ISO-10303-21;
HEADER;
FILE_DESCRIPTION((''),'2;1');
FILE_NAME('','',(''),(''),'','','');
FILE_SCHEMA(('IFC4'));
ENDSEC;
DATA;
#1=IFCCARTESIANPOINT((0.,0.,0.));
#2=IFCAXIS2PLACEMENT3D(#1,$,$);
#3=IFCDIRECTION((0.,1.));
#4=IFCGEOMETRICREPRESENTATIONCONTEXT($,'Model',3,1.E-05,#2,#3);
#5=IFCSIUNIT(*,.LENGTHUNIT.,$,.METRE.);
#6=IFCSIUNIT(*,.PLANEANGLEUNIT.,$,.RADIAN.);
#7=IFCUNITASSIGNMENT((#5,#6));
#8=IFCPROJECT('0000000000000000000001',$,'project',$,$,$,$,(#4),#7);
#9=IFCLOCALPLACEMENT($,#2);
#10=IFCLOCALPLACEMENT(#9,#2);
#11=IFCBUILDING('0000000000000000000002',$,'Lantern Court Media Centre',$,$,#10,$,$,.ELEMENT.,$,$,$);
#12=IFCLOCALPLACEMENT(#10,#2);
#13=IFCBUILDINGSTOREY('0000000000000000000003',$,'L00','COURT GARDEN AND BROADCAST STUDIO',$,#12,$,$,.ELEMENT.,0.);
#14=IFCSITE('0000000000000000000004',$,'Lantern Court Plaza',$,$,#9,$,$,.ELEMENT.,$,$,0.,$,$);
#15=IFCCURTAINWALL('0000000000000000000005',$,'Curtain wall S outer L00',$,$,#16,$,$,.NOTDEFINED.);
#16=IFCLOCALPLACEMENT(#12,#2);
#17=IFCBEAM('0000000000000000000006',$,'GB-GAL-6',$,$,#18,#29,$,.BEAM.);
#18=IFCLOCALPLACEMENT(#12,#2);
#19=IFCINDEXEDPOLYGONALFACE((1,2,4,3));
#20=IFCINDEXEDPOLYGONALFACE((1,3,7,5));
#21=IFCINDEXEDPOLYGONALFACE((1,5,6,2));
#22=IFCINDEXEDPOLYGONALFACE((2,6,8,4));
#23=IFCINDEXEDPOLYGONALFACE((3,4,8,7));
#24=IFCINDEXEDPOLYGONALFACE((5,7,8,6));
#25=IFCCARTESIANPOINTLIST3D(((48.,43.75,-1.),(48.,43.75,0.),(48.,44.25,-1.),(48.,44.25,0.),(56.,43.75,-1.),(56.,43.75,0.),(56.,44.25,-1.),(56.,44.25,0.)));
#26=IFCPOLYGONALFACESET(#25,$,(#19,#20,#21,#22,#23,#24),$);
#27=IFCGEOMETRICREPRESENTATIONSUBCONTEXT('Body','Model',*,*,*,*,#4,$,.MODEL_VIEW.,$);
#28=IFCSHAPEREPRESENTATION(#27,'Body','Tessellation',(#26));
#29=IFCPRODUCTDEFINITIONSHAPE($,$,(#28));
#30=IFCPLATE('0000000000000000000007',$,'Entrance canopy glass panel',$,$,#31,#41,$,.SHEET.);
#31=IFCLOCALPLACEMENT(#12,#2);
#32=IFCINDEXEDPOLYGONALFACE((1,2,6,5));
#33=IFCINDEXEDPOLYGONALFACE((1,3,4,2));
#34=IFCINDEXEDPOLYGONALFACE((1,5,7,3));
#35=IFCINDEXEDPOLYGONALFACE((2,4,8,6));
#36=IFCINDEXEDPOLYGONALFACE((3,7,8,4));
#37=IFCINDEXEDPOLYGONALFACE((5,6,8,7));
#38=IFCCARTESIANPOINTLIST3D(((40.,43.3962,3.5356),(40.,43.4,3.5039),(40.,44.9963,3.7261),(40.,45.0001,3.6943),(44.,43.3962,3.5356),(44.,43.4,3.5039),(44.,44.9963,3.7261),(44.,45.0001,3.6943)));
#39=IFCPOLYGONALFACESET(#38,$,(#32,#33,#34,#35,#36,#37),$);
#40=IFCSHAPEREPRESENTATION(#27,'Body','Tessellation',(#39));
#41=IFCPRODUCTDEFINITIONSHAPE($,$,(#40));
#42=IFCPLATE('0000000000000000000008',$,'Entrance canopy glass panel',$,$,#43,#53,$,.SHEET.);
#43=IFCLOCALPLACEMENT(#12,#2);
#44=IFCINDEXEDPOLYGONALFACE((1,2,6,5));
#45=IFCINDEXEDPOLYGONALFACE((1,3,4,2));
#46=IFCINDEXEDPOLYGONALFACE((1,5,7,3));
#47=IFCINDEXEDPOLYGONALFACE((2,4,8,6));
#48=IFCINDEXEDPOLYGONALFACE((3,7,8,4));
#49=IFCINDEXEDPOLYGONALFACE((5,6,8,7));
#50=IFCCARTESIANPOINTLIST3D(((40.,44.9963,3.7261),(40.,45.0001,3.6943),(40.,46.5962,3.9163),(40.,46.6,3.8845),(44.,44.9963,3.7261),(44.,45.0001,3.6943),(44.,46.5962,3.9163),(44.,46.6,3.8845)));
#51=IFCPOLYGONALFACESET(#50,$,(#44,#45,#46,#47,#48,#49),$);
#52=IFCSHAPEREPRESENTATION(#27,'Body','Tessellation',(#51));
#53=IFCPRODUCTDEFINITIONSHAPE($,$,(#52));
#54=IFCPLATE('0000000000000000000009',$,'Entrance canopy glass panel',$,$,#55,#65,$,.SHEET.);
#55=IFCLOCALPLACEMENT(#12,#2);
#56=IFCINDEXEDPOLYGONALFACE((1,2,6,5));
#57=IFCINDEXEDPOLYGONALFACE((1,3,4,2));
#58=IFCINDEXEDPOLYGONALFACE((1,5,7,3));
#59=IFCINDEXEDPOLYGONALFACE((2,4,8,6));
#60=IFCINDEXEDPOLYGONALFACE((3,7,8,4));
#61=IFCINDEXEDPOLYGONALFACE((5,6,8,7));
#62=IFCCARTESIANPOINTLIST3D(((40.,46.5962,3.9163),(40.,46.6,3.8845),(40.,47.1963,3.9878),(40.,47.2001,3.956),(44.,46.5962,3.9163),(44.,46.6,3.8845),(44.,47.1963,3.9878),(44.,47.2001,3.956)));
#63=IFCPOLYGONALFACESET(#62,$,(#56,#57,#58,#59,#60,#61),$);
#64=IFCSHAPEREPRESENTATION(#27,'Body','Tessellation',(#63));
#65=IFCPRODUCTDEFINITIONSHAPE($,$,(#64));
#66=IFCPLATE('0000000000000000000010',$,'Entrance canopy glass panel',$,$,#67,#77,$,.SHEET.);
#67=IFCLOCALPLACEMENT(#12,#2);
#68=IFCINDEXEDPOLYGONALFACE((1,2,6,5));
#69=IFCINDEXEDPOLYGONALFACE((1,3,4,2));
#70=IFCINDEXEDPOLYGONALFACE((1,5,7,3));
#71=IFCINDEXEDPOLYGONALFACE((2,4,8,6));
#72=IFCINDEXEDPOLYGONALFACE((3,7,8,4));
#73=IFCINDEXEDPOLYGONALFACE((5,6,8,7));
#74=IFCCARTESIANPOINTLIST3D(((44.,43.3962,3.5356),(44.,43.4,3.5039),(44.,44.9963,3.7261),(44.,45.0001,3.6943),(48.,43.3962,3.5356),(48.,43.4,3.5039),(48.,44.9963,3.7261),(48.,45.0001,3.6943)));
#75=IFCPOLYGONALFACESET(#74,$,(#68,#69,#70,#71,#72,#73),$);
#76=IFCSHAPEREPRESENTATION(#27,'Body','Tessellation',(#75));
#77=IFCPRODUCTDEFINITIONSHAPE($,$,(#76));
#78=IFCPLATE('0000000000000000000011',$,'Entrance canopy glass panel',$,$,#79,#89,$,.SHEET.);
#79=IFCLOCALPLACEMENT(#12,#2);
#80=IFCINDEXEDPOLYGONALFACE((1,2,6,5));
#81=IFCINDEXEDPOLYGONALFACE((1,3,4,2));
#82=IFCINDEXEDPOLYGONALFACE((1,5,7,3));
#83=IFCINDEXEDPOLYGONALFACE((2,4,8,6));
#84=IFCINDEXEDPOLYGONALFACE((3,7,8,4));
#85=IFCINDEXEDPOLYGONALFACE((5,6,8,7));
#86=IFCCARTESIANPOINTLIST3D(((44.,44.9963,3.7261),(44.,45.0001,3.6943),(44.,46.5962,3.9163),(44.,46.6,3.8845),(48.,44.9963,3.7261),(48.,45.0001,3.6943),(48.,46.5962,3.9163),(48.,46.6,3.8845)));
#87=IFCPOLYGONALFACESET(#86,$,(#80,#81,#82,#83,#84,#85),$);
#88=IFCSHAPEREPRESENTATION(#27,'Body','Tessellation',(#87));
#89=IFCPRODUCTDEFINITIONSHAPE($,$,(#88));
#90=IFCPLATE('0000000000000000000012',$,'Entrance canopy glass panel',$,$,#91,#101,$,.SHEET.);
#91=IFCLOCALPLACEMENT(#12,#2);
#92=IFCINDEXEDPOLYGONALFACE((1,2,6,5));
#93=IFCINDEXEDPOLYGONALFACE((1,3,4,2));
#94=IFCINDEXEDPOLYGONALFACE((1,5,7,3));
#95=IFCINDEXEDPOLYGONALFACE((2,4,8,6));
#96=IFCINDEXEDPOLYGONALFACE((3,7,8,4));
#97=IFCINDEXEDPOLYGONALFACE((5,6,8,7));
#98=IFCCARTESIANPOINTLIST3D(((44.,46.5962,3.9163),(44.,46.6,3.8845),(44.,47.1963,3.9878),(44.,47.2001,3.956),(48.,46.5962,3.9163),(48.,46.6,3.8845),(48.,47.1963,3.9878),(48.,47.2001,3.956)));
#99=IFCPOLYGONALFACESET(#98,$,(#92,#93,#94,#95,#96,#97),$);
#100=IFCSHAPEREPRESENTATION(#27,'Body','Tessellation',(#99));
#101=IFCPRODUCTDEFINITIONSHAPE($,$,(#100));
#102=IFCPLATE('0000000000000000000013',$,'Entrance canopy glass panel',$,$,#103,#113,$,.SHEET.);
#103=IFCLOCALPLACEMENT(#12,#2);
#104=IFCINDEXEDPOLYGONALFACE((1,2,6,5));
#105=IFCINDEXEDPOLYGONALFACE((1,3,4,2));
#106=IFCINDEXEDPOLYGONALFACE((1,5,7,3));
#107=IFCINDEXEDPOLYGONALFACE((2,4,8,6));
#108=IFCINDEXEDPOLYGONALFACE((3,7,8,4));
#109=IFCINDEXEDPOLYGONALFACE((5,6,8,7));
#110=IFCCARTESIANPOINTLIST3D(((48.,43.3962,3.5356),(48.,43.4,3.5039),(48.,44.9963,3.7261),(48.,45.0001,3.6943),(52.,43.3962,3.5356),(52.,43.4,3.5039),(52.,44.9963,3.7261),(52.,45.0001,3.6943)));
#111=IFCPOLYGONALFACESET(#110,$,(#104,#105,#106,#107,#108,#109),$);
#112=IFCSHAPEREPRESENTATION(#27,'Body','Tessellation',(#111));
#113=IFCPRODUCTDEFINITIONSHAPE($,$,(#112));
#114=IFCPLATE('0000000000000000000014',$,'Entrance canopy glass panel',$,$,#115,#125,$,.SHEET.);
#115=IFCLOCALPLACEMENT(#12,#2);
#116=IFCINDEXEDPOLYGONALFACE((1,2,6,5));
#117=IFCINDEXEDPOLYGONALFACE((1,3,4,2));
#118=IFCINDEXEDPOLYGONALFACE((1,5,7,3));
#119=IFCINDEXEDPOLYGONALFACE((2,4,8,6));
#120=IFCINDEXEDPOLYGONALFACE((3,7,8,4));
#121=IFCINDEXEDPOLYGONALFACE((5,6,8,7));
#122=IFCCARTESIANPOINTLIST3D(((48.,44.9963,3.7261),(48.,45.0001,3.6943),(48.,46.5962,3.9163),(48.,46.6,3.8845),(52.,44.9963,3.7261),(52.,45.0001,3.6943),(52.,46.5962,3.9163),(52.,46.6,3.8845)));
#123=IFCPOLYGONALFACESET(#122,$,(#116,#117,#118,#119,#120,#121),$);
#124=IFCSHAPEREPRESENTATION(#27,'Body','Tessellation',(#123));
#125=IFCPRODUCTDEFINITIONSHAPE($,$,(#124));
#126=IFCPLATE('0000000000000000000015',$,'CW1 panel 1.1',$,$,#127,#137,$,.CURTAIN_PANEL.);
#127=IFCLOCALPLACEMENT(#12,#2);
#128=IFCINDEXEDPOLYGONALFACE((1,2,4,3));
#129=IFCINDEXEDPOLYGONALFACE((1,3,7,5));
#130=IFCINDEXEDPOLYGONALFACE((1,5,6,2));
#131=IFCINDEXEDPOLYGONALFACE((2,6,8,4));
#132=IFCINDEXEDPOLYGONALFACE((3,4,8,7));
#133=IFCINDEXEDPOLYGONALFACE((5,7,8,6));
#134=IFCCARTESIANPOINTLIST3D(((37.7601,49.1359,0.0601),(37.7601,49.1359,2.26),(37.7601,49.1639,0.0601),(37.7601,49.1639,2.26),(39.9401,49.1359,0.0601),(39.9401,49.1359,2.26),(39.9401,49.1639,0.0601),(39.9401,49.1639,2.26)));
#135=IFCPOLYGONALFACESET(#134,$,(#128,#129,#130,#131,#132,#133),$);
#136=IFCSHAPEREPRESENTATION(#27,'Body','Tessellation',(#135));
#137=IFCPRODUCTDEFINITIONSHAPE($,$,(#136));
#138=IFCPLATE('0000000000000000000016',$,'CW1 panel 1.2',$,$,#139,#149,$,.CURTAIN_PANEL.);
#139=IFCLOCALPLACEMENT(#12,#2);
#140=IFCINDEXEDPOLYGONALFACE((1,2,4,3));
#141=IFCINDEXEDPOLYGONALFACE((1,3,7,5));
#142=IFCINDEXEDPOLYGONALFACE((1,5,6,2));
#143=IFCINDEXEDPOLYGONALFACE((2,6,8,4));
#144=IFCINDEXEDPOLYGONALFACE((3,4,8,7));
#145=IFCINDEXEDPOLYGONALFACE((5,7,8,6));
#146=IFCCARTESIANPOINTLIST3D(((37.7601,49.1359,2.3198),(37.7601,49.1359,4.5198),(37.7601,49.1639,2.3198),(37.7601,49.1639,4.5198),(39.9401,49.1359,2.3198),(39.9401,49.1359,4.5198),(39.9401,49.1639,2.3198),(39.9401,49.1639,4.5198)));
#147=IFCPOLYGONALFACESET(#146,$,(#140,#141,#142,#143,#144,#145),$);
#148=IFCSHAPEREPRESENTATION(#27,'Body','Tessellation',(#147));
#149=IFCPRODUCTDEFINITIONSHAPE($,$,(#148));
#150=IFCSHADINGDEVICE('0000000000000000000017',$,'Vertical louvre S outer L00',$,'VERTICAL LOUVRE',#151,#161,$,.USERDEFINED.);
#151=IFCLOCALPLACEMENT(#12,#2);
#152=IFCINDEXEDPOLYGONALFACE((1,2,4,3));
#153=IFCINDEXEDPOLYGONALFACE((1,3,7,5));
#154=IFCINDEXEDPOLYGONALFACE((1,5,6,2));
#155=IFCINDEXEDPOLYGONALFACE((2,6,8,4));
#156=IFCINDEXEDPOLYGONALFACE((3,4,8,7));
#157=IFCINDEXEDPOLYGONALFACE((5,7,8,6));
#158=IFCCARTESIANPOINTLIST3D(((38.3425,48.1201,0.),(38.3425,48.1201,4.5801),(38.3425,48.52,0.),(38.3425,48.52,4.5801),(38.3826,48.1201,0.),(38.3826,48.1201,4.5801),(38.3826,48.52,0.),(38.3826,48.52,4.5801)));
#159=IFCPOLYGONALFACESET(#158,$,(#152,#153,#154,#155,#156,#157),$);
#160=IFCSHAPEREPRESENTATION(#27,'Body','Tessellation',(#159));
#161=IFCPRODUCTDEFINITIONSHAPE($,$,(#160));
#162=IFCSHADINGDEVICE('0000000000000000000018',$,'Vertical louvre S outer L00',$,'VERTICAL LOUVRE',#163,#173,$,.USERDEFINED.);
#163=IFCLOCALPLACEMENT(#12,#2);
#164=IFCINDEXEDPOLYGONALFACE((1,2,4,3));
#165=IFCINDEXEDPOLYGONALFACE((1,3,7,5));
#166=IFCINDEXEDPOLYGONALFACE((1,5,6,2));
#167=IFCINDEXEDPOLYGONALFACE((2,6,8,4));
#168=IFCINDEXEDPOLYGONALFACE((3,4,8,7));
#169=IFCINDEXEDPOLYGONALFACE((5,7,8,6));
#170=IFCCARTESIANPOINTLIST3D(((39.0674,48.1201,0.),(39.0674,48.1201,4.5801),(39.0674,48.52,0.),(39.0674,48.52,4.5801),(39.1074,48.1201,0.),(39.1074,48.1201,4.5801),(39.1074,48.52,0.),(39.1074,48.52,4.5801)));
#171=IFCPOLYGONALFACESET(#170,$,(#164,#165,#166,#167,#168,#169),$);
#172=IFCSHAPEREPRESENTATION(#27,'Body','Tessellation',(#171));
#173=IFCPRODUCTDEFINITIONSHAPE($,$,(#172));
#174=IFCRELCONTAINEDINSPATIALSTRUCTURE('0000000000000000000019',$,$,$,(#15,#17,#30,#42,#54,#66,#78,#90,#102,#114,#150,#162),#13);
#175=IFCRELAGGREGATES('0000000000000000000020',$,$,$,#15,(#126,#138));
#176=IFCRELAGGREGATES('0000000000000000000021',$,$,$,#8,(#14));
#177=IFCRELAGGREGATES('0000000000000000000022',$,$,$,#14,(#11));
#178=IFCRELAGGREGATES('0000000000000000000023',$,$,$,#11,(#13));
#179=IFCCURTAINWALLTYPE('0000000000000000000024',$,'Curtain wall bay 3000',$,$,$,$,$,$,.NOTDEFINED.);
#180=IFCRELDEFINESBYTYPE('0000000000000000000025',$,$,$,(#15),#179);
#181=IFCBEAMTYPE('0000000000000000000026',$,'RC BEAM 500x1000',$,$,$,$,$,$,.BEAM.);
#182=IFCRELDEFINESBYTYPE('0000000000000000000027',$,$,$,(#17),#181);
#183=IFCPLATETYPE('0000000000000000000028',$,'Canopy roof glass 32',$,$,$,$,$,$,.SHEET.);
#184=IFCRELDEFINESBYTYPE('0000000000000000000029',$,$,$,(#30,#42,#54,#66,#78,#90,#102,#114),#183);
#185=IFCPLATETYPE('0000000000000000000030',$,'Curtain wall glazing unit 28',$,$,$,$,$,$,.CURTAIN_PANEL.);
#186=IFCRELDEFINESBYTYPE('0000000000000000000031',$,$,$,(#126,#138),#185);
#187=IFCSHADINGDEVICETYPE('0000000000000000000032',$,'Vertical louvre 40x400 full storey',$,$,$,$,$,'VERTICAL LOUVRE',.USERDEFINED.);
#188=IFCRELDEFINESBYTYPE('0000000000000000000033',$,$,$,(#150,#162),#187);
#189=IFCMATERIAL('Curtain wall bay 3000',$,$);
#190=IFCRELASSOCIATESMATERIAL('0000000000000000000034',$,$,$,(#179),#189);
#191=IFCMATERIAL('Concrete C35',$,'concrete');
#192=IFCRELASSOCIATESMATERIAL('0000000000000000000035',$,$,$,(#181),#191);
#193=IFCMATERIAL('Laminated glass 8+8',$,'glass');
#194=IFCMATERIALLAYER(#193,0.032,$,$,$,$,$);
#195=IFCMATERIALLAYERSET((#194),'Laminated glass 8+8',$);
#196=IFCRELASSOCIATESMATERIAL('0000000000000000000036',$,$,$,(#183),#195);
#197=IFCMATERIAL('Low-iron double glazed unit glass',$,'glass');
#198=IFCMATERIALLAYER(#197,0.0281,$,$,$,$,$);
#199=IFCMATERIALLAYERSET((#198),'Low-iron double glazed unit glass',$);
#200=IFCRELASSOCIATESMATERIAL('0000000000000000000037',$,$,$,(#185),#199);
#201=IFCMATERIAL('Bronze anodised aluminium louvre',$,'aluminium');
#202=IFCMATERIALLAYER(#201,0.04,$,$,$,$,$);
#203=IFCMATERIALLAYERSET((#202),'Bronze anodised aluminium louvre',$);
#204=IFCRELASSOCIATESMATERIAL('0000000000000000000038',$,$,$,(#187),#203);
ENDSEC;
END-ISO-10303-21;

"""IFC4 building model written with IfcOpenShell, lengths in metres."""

from ifc_helpers import new_model, si_unit, direction, frame, origin, origin_2d, place, context, subcontext, project, spatial, polyline, rectangle, outline, extrude, material, layer, layer_set, material_profile, profile_set, type_object, element, aggregate, save


model = new_model("IFC4")

# Units and contexts
model_context = context("Model", 3, precision=1e-05, world=origin(), true_north=direction((0.0, 1.0)))
body_context = subcontext(model_context, "Body", "Model", "MODEL_VIEW")
ifc_project = project(units=[si_unit("LENGTHUNIT", "METRE"), si_unit("PLANEANGLEUNIT", "RADIAN")], contexts=[model_context])

# Site, building, storey
site_placement = place(None, origin())
site = spatial("IfcSite", under=ifc_project, at=site_placement, Name="Lantern Court Plaza", CompositionType="ELEMENT", RefElevation=0.0)
building_placement = place(site_placement, origin())
building = spatial("IfcBuilding", under=site, at=building_placement, Name="Lantern Court Media Centre", CompositionType="ELEMENT")
storey_placement = place(building_placement, origin())
storey = spatial("IfcBuildingStorey", under=building, at=storey_placement, Name="L00", Description="COURT GARDEN AND BROADCAST STUDIO", CompositionType="ELEMENT", Elevation=0.0)

# Shared definitions
ifc_material_1 = material(Name="Concrete C35", Category="concrete")

# Curtain wall
ifc_material_2 = material(Name="Curtain wall bay 3000")
curtain_wall_type = type_object("IfcCurtainWallType", Name="Curtain wall bay 3000", PredefinedType="NOTDEFINED", material=ifc_material_2)
curtain_wall_placement = place(storey_placement, origin())
curtain_wall = element("IfcCurtainWall", 1, at=curtain_wall_placement, inside=storey, type_object=curtain_wall_type, Name="Curtain wall S outer L00", PredefinedType="NOTDEFINED")

# Beam
ifc_material_profile_1 = material_profile(ifc_material_1, rectangle(XDim=0.5, YDim=1.0, at=origin_2d()), Name="RC 500x1000")
ifc_profile_set_1 = profile_set([ifc_material_profile_1], Name="Concrete C35")
beam_type_1 = type_object("IfcBeamType", Name="RC BEAM 500x1000", PredefinedType="BEAM", material=ifc_profile_set_1)
for number, where, z_axis, x_axis, name in (
    (2, (48.0, 44.0, -0.5), (1.0, 0.0, 0.0), (0.0, 1.0, 0.0), "GB-GAL-6"),
):
    element("IfcBeam", number, at=place(storey_placement, frame(where, z_axis=z_axis, x_axis=x_axis)), inside=storey, type_object=beam_type_1, Name=name, PredefinedType="BEAM", context=body_context, shape_type="SweptSolid", body=[
        extrude(rectangle(XDim=0.5, YDim=1.0, at=origin_2d()), origin(), (0.0, 0.0, 1.0), 8.0),
    ])

# Plates
ifc_material_3 = material(Name="Laminated glass 8+8", Category="glass")
ifc_layer_1 = layer(ifc_material_3, 0.032)
ifc_layer_set_1 = layer_set([ifc_layer_1], Name="Laminated glass 8+8")
plate_type_1 = type_object("IfcPlateType", Name="Canopy roof glass 32", PredefinedType="SHEET", material=ifc_layer_set_1)
plate_1_placement = place(storey_placement, frame((40.0, 43.3962, 3.5356), z_axis=(0.0, -0.118177, 0.992993), x_axis=(1.0, 0.0, 0.0)))
element("IfcPlate", 3, at=plate_1_placement, inside=storey, type_object=plate_type_1, Name="Entrance canopy glass panel", PredefinedType="SHEET", context=body_context, shape_type="SweptSolid", body=[
    extrude(outline(polyline([(0.0, 0.0), (4.0, 0.0), (4.0, 1.6114), (0.0, 1.6114), (0.0, 0.0)])), origin(), (0.0, 0.0, -1.0), 0.032),
])
plate_2_placement = place(storey_placement, frame((40.0, 44.9963, 3.7261), z_axis=(0.0, -0.118046, 0.993008), x_axis=(1.0, 0.0, 0.0)))
element("IfcPlate", 4, at=plate_2_placement, inside=storey, type_object=plate_type_1, Name="Entrance canopy glass panel", PredefinedType="SHEET", context=body_context, shape_type="SweptSolid", body=[
    extrude(outline(polyline([(0.0, 0.0), (4.0, 0.0), (4.0, 1.6111), (0.0, 1.6111), (0.0, 0.0)])), origin(), (0.0, 0.0, -1.0), 0.032),
])
plate_3_placement = place(storey_placement, frame((40.0, 46.5962, 3.9163), z_axis=(0.0, -0.118365, 0.99297), x_axis=(1.0, 0.0, 0.0)))
element("IfcPlate", 5, at=plate_3_placement, inside=storey, type_object=plate_type_1, Name="Entrance canopy glass panel", PredefinedType="SHEET", context=body_context, shape_type="SweptSolid", body=[
    extrude(outline(polyline([(0.0, 0.0), (4.0, 0.0), (4.0, 0.6043), (0.0, 0.6043), (0.0, 0.0)])), origin(), (0.0, 0.0, -1.0), 0.032),
])
plate_4_placement = place(storey_placement, frame((44.0, 43.3962, 3.5356), z_axis=(0.0, -0.118177, 0.992993), x_axis=(1.0, 0.0, 0.0)))
element("IfcPlate", 6, at=plate_4_placement, inside=storey, type_object=plate_type_1, Name="Entrance canopy glass panel", PredefinedType="SHEET", context=body_context, shape_type="SweptSolid", body=[
    extrude(outline(polyline([(0.0, 0.0), (4.0, 0.0), (4.0, 1.6114), (0.0, 1.6114), (0.0, 0.0)])), origin(), (0.0, 0.0, -1.0), 0.032),
])
plate_5_placement = place(storey_placement, frame((44.0, 44.9963, 3.7261), z_axis=(0.0, -0.118046, 0.993008), x_axis=(1.0, 0.0, 0.0)))
element("IfcPlate", 7, at=plate_5_placement, inside=storey, type_object=plate_type_1, Name="Entrance canopy glass panel", PredefinedType="SHEET", context=body_context, shape_type="SweptSolid", body=[
    extrude(outline(polyline([(0.0, 0.0), (4.0, 0.0), (4.0, 1.6111), (0.0, 1.6111), (0.0, 0.0)])), origin(), (0.0, 0.0, -1.0), 0.032),
])
plate_6_placement = place(storey_placement, frame((44.0, 46.5962, 3.9163), z_axis=(0.0, -0.118365, 0.99297), x_axis=(1.0, 0.0, 0.0)))
element("IfcPlate", 8, at=plate_6_placement, inside=storey, type_object=plate_type_1, Name="Entrance canopy glass panel", PredefinedType="SHEET", context=body_context, shape_type="SweptSolid", body=[
    extrude(outline(polyline([(0.0, 0.0), (4.0, 0.0), (4.0, 0.6043), (0.0, 0.6043), (0.0, 0.0)])), origin(), (0.0, 0.0, -1.0), 0.032),
])
plate_7_placement = place(storey_placement, frame((48.0, 43.3962, 3.5356), z_axis=(0.0, -0.118177, 0.992993), x_axis=(1.0, 0.0, 0.0)))
element("IfcPlate", 9, at=plate_7_placement, inside=storey, type_object=plate_type_1, Name="Entrance canopy glass panel", PredefinedType="SHEET", context=body_context, shape_type="SweptSolid", body=[
    extrude(outline(polyline([(0.0, 0.0), (4.0, 0.0), (4.0, 1.6114), (0.0, 1.6114), (0.0, 0.0)])), origin(), (0.0, 0.0, -1.0), 0.032),
])
plate_8_placement = place(storey_placement, frame((48.0, 44.9963, 3.7261), z_axis=(0.0, -0.118046, 0.993008), x_axis=(1.0, 0.0, 0.0)))
element("IfcPlate", 10, at=plate_8_placement, inside=storey, type_object=plate_type_1, Name="Entrance canopy glass panel", PredefinedType="SHEET", context=body_context, shape_type="SweptSolid", body=[
    extrude(outline(polyline([(0.0, 0.0), (4.0, 0.0), (4.0, 1.6111), (0.0, 1.6111), (0.0, 0.0)])), origin(), (0.0, 0.0, -1.0), 0.032),
])

# Plates
ifc_material_4 = material(Name="Low-iron double glazed unit glass", Category="glass")
ifc_layer_2 = layer(ifc_material_4, 0.0281)
ifc_layer_set_2 = layer_set([ifc_layer_2], Name="Low-iron double glazed unit glass")
plate_type_2 = type_object("IfcPlateType", Name="Curtain wall glazing unit 28", PredefinedType="CURTAIN_PANEL", material=ifc_layer_set_2)
plate_9_placement = place(storey_placement, frame((38.8501, 49.1499, 0.0601), z_axis=(0.0, 0.0, 1.0), x_axis=(1.0, 0.0, 0.0)))
plate_9 = element("IfcPlate", 11, at=plate_9_placement, type_object=plate_type_2, Name="CW1 panel 1.1", PredefinedType="CURTAIN_PANEL", context=body_context, shape_type="SweptSolid", body=[
    extrude(rectangle(XDim=2.1799, YDim=0.0281, at=origin_2d()), origin(), (0.0, 0.0, 1.0), 2.2),
])
plate_10_placement = place(storey_placement, frame((38.8501, 49.1499, 2.3198), z_axis=(0.0, 0.0, 1.0), x_axis=(1.0, 0.0, 0.0)))
plate_10 = element("IfcPlate", 12, at=plate_10_placement, type_object=plate_type_2, Name="CW1 panel 1.2", PredefinedType="CURTAIN_PANEL", context=body_context, shape_type="SweptSolid", body=[
    extrude(rectangle(XDim=2.1799, YDim=0.0281, at=origin_2d()), origin(), (0.0, 0.0, 1.0), 2.2),
])
aggregate(curtain_wall, [plate_9, plate_10])

# Shading devices
ifc_material_5 = material(Name="Bronze anodised aluminium louvre", Category="aluminium")
ifc_layer_3 = layer(ifc_material_5, 0.04)
ifc_layer_set_3 = layer_set([ifc_layer_3], Name="Bronze anodised aluminium louvre")
shading_device_type = type_object("IfcShadingDeviceType", Name="Vertical louvre 40x400 full storey", ElementType="VERTICAL LOUVRE", PredefinedType="USERDEFINED", material=ifc_layer_set_3)
for number, where, z_axis, x_axis, name in (
    (13, (38.3625, 48.3201, 0.0), (0.0, 0.0, 1.0), (1.0, 0.0, 0.0), "Vertical louvre S outer L00"),
    (14, (39.0874, 48.3201, 0.0), (0.0, 0.0, 1.0), (1.0, 0.0, 0.0), "Vertical louvre S outer L00"),
):
    element("IfcShadingDevice", number, at=place(storey_placement, frame(where, z_axis=z_axis, x_axis=x_axis)), inside=storey, type_object=shading_device_type, Name=name, ObjectType="VERTICAL LOUVRE", PredefinedType="USERDEFINED", context=body_context, shape_type="SweptSolid", body=[
        extrude(rectangle(XDim=0.04, YDim=0.3999, at=origin_2d()), origin(), (0.0, 0.0, 1.0), 4.5801),
    ])

save(model, "model.ifc")
